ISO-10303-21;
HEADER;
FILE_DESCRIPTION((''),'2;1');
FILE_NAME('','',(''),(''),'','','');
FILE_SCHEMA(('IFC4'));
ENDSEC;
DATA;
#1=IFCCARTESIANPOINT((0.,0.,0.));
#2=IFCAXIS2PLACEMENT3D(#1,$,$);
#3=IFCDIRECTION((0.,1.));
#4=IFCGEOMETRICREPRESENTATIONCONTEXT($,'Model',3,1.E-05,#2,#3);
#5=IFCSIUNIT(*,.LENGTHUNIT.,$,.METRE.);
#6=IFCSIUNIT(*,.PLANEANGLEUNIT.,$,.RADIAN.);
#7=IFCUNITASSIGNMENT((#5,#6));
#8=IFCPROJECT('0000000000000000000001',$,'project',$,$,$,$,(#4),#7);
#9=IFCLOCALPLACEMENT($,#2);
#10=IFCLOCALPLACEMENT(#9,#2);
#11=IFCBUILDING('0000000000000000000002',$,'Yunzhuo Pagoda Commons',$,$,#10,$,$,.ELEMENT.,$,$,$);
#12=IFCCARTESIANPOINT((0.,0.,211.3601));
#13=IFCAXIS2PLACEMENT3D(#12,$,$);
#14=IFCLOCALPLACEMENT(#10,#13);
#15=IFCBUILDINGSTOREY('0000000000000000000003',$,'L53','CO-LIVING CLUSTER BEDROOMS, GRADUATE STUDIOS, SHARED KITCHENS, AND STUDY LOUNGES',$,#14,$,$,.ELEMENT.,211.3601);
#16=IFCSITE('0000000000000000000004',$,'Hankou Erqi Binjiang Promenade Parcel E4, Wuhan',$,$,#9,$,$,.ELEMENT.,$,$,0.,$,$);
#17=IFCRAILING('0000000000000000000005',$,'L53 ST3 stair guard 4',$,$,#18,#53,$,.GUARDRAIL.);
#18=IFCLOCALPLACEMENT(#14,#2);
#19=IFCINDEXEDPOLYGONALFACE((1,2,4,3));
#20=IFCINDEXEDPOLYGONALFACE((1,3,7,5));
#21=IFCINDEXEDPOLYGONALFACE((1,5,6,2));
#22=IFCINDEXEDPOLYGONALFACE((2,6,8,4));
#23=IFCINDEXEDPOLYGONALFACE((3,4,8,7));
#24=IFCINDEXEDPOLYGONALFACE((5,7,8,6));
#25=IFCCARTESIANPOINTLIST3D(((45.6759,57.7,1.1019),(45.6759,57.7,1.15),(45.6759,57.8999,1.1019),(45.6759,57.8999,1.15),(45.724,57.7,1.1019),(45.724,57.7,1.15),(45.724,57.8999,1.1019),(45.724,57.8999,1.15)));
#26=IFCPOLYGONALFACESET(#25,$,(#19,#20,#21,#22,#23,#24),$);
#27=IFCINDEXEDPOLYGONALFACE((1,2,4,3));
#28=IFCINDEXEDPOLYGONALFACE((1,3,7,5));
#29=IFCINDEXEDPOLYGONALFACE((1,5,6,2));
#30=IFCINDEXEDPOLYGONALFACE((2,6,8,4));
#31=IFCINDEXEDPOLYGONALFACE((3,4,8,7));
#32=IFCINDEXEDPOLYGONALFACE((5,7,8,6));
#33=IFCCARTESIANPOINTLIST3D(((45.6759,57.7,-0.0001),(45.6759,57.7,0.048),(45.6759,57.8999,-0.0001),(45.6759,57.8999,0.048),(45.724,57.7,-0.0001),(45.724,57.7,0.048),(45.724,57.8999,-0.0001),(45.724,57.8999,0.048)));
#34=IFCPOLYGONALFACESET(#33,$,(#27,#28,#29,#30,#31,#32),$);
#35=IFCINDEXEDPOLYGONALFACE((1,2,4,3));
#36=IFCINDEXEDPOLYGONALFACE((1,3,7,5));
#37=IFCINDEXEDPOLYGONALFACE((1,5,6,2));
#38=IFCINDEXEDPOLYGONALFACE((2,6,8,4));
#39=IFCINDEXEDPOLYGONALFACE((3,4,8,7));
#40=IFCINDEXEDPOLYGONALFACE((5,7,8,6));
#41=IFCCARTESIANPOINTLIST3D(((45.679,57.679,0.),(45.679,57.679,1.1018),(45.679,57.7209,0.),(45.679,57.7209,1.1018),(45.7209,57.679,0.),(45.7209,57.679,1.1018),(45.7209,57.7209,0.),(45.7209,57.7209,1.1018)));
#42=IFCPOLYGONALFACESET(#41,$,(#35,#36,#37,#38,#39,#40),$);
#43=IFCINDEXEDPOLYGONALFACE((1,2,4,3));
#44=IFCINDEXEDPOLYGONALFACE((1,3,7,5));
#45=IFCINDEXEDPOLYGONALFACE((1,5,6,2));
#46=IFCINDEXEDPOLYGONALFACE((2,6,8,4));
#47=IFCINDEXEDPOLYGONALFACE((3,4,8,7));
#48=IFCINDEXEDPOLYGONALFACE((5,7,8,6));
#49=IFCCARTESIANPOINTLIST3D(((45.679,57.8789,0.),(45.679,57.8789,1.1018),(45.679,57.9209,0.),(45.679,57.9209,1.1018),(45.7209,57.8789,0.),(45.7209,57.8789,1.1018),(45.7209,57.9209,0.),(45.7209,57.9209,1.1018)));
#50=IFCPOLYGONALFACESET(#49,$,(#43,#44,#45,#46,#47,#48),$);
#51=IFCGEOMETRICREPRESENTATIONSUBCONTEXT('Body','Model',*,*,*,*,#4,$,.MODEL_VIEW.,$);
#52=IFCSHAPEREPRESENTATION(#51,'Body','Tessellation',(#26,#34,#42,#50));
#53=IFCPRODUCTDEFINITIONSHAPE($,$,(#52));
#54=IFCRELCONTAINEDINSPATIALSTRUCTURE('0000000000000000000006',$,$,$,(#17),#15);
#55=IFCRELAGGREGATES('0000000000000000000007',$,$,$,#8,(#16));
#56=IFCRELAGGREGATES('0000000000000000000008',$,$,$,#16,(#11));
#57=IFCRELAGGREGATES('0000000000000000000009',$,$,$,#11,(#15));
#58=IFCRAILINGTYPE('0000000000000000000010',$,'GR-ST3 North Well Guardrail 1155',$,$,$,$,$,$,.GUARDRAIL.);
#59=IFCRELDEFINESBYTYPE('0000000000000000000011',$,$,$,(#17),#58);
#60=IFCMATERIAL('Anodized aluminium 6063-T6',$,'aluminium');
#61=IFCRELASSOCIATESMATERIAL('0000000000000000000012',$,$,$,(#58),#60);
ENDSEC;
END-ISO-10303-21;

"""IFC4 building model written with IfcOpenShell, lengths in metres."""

from ifc_helpers import new_model, si_unit, direction, frame, origin, origin_2d, place, context, subcontext, project, spatial, rectangle, extrude, material, type_object, element, save


model = new_model("IFC4")

# Units and contexts
model_context = context("Model", 3, precision=1e-05, world=origin(), true_north=direction((0.0, 1.0)))
body_context = subcontext(model_context, "Body", "Model", "MODEL_VIEW")
ifc_project = project(units=[si_unit("LENGTHUNIT", "METRE"), si_unit("PLANEANGLEUNIT", "RADIAN")], contexts=[model_context])

# Site, building, storey
site_placement = place(None, origin())
site = spatial("IfcSite", under=ifc_project, at=site_placement, Name="Hankou Erqi Binjiang Promenade Parcel E4, Wuhan", CompositionType="ELEMENT", RefElevation=0.0)
building_placement = place(site_placement, origin())
building = spatial("IfcBuilding", under=site, at=building_placement, Name="Yunzhuo Pagoda Commons", CompositionType="ELEMENT")
storey_placement = place(building_placement, frame((0.0, 0.0, 211.3601)))
storey = spatial("IfcBuildingStorey", under=building, at=storey_placement, Name="L53", Description="CO-LIVING CLUSTER BEDROOMS, GRADUATE STUDIOS, SHARED KITCHENS, AND STUDY LOUNGES", CompositionType="ELEMENT", Elevation=211.3601)

# Shared definitions
ifc_material_1 = material(Name="Anodized aluminium 6063-T6", Category="aluminium")

# Railing
railing_type = type_object("IfcRailingType", Name="GR-ST3 North Well Guardrail 1155", PredefinedType="GUARDRAIL", material=ifc_material_1)
railing_1_placement = place(storey_placement, frame((45.7, 57.7, 0.0)))
element("IfcRailing", 1, at=railing_1_placement, inside=storey, type_object=railing_type, Name="L53 ST3 stair guard 4", PredefinedType="GUARDRAIL", context=body_context, shape_type="SweptSolid", body=[
    extrude(rectangle(XDim=0.0481, YDim=0.0481, at=origin_2d()), frame((0.0, 0.0, 1.126), z_axis=(0.0, 1.0, 0.0), x_axis=(-1.0, 0.0, 0.0)), (0.0, 0.0, 1.0), 0.2),
    extrude(rectangle(XDim=0.0481, YDim=0.0481, at=origin_2d()), frame((0.0, 0.0, 0.0239), z_axis=(0.0, 1.0, 0.0), x_axis=(-1.0, 0.0, 0.0)), (0.0, 0.0, 1.0), 0.2),
    extrude(rectangle(XDim=0.042, YDim=0.042, at=origin_2d()), origin(), (0.0, 0.0, 1.0), 1.1018),
    extrude(rectangle(XDim=0.042, YDim=0.042, at=origin_2d()), frame((0.0, 0.2, 0.0)), (0.0, 0.0, 1.0), 1.1018),
])

save(model, "model.ifc")
